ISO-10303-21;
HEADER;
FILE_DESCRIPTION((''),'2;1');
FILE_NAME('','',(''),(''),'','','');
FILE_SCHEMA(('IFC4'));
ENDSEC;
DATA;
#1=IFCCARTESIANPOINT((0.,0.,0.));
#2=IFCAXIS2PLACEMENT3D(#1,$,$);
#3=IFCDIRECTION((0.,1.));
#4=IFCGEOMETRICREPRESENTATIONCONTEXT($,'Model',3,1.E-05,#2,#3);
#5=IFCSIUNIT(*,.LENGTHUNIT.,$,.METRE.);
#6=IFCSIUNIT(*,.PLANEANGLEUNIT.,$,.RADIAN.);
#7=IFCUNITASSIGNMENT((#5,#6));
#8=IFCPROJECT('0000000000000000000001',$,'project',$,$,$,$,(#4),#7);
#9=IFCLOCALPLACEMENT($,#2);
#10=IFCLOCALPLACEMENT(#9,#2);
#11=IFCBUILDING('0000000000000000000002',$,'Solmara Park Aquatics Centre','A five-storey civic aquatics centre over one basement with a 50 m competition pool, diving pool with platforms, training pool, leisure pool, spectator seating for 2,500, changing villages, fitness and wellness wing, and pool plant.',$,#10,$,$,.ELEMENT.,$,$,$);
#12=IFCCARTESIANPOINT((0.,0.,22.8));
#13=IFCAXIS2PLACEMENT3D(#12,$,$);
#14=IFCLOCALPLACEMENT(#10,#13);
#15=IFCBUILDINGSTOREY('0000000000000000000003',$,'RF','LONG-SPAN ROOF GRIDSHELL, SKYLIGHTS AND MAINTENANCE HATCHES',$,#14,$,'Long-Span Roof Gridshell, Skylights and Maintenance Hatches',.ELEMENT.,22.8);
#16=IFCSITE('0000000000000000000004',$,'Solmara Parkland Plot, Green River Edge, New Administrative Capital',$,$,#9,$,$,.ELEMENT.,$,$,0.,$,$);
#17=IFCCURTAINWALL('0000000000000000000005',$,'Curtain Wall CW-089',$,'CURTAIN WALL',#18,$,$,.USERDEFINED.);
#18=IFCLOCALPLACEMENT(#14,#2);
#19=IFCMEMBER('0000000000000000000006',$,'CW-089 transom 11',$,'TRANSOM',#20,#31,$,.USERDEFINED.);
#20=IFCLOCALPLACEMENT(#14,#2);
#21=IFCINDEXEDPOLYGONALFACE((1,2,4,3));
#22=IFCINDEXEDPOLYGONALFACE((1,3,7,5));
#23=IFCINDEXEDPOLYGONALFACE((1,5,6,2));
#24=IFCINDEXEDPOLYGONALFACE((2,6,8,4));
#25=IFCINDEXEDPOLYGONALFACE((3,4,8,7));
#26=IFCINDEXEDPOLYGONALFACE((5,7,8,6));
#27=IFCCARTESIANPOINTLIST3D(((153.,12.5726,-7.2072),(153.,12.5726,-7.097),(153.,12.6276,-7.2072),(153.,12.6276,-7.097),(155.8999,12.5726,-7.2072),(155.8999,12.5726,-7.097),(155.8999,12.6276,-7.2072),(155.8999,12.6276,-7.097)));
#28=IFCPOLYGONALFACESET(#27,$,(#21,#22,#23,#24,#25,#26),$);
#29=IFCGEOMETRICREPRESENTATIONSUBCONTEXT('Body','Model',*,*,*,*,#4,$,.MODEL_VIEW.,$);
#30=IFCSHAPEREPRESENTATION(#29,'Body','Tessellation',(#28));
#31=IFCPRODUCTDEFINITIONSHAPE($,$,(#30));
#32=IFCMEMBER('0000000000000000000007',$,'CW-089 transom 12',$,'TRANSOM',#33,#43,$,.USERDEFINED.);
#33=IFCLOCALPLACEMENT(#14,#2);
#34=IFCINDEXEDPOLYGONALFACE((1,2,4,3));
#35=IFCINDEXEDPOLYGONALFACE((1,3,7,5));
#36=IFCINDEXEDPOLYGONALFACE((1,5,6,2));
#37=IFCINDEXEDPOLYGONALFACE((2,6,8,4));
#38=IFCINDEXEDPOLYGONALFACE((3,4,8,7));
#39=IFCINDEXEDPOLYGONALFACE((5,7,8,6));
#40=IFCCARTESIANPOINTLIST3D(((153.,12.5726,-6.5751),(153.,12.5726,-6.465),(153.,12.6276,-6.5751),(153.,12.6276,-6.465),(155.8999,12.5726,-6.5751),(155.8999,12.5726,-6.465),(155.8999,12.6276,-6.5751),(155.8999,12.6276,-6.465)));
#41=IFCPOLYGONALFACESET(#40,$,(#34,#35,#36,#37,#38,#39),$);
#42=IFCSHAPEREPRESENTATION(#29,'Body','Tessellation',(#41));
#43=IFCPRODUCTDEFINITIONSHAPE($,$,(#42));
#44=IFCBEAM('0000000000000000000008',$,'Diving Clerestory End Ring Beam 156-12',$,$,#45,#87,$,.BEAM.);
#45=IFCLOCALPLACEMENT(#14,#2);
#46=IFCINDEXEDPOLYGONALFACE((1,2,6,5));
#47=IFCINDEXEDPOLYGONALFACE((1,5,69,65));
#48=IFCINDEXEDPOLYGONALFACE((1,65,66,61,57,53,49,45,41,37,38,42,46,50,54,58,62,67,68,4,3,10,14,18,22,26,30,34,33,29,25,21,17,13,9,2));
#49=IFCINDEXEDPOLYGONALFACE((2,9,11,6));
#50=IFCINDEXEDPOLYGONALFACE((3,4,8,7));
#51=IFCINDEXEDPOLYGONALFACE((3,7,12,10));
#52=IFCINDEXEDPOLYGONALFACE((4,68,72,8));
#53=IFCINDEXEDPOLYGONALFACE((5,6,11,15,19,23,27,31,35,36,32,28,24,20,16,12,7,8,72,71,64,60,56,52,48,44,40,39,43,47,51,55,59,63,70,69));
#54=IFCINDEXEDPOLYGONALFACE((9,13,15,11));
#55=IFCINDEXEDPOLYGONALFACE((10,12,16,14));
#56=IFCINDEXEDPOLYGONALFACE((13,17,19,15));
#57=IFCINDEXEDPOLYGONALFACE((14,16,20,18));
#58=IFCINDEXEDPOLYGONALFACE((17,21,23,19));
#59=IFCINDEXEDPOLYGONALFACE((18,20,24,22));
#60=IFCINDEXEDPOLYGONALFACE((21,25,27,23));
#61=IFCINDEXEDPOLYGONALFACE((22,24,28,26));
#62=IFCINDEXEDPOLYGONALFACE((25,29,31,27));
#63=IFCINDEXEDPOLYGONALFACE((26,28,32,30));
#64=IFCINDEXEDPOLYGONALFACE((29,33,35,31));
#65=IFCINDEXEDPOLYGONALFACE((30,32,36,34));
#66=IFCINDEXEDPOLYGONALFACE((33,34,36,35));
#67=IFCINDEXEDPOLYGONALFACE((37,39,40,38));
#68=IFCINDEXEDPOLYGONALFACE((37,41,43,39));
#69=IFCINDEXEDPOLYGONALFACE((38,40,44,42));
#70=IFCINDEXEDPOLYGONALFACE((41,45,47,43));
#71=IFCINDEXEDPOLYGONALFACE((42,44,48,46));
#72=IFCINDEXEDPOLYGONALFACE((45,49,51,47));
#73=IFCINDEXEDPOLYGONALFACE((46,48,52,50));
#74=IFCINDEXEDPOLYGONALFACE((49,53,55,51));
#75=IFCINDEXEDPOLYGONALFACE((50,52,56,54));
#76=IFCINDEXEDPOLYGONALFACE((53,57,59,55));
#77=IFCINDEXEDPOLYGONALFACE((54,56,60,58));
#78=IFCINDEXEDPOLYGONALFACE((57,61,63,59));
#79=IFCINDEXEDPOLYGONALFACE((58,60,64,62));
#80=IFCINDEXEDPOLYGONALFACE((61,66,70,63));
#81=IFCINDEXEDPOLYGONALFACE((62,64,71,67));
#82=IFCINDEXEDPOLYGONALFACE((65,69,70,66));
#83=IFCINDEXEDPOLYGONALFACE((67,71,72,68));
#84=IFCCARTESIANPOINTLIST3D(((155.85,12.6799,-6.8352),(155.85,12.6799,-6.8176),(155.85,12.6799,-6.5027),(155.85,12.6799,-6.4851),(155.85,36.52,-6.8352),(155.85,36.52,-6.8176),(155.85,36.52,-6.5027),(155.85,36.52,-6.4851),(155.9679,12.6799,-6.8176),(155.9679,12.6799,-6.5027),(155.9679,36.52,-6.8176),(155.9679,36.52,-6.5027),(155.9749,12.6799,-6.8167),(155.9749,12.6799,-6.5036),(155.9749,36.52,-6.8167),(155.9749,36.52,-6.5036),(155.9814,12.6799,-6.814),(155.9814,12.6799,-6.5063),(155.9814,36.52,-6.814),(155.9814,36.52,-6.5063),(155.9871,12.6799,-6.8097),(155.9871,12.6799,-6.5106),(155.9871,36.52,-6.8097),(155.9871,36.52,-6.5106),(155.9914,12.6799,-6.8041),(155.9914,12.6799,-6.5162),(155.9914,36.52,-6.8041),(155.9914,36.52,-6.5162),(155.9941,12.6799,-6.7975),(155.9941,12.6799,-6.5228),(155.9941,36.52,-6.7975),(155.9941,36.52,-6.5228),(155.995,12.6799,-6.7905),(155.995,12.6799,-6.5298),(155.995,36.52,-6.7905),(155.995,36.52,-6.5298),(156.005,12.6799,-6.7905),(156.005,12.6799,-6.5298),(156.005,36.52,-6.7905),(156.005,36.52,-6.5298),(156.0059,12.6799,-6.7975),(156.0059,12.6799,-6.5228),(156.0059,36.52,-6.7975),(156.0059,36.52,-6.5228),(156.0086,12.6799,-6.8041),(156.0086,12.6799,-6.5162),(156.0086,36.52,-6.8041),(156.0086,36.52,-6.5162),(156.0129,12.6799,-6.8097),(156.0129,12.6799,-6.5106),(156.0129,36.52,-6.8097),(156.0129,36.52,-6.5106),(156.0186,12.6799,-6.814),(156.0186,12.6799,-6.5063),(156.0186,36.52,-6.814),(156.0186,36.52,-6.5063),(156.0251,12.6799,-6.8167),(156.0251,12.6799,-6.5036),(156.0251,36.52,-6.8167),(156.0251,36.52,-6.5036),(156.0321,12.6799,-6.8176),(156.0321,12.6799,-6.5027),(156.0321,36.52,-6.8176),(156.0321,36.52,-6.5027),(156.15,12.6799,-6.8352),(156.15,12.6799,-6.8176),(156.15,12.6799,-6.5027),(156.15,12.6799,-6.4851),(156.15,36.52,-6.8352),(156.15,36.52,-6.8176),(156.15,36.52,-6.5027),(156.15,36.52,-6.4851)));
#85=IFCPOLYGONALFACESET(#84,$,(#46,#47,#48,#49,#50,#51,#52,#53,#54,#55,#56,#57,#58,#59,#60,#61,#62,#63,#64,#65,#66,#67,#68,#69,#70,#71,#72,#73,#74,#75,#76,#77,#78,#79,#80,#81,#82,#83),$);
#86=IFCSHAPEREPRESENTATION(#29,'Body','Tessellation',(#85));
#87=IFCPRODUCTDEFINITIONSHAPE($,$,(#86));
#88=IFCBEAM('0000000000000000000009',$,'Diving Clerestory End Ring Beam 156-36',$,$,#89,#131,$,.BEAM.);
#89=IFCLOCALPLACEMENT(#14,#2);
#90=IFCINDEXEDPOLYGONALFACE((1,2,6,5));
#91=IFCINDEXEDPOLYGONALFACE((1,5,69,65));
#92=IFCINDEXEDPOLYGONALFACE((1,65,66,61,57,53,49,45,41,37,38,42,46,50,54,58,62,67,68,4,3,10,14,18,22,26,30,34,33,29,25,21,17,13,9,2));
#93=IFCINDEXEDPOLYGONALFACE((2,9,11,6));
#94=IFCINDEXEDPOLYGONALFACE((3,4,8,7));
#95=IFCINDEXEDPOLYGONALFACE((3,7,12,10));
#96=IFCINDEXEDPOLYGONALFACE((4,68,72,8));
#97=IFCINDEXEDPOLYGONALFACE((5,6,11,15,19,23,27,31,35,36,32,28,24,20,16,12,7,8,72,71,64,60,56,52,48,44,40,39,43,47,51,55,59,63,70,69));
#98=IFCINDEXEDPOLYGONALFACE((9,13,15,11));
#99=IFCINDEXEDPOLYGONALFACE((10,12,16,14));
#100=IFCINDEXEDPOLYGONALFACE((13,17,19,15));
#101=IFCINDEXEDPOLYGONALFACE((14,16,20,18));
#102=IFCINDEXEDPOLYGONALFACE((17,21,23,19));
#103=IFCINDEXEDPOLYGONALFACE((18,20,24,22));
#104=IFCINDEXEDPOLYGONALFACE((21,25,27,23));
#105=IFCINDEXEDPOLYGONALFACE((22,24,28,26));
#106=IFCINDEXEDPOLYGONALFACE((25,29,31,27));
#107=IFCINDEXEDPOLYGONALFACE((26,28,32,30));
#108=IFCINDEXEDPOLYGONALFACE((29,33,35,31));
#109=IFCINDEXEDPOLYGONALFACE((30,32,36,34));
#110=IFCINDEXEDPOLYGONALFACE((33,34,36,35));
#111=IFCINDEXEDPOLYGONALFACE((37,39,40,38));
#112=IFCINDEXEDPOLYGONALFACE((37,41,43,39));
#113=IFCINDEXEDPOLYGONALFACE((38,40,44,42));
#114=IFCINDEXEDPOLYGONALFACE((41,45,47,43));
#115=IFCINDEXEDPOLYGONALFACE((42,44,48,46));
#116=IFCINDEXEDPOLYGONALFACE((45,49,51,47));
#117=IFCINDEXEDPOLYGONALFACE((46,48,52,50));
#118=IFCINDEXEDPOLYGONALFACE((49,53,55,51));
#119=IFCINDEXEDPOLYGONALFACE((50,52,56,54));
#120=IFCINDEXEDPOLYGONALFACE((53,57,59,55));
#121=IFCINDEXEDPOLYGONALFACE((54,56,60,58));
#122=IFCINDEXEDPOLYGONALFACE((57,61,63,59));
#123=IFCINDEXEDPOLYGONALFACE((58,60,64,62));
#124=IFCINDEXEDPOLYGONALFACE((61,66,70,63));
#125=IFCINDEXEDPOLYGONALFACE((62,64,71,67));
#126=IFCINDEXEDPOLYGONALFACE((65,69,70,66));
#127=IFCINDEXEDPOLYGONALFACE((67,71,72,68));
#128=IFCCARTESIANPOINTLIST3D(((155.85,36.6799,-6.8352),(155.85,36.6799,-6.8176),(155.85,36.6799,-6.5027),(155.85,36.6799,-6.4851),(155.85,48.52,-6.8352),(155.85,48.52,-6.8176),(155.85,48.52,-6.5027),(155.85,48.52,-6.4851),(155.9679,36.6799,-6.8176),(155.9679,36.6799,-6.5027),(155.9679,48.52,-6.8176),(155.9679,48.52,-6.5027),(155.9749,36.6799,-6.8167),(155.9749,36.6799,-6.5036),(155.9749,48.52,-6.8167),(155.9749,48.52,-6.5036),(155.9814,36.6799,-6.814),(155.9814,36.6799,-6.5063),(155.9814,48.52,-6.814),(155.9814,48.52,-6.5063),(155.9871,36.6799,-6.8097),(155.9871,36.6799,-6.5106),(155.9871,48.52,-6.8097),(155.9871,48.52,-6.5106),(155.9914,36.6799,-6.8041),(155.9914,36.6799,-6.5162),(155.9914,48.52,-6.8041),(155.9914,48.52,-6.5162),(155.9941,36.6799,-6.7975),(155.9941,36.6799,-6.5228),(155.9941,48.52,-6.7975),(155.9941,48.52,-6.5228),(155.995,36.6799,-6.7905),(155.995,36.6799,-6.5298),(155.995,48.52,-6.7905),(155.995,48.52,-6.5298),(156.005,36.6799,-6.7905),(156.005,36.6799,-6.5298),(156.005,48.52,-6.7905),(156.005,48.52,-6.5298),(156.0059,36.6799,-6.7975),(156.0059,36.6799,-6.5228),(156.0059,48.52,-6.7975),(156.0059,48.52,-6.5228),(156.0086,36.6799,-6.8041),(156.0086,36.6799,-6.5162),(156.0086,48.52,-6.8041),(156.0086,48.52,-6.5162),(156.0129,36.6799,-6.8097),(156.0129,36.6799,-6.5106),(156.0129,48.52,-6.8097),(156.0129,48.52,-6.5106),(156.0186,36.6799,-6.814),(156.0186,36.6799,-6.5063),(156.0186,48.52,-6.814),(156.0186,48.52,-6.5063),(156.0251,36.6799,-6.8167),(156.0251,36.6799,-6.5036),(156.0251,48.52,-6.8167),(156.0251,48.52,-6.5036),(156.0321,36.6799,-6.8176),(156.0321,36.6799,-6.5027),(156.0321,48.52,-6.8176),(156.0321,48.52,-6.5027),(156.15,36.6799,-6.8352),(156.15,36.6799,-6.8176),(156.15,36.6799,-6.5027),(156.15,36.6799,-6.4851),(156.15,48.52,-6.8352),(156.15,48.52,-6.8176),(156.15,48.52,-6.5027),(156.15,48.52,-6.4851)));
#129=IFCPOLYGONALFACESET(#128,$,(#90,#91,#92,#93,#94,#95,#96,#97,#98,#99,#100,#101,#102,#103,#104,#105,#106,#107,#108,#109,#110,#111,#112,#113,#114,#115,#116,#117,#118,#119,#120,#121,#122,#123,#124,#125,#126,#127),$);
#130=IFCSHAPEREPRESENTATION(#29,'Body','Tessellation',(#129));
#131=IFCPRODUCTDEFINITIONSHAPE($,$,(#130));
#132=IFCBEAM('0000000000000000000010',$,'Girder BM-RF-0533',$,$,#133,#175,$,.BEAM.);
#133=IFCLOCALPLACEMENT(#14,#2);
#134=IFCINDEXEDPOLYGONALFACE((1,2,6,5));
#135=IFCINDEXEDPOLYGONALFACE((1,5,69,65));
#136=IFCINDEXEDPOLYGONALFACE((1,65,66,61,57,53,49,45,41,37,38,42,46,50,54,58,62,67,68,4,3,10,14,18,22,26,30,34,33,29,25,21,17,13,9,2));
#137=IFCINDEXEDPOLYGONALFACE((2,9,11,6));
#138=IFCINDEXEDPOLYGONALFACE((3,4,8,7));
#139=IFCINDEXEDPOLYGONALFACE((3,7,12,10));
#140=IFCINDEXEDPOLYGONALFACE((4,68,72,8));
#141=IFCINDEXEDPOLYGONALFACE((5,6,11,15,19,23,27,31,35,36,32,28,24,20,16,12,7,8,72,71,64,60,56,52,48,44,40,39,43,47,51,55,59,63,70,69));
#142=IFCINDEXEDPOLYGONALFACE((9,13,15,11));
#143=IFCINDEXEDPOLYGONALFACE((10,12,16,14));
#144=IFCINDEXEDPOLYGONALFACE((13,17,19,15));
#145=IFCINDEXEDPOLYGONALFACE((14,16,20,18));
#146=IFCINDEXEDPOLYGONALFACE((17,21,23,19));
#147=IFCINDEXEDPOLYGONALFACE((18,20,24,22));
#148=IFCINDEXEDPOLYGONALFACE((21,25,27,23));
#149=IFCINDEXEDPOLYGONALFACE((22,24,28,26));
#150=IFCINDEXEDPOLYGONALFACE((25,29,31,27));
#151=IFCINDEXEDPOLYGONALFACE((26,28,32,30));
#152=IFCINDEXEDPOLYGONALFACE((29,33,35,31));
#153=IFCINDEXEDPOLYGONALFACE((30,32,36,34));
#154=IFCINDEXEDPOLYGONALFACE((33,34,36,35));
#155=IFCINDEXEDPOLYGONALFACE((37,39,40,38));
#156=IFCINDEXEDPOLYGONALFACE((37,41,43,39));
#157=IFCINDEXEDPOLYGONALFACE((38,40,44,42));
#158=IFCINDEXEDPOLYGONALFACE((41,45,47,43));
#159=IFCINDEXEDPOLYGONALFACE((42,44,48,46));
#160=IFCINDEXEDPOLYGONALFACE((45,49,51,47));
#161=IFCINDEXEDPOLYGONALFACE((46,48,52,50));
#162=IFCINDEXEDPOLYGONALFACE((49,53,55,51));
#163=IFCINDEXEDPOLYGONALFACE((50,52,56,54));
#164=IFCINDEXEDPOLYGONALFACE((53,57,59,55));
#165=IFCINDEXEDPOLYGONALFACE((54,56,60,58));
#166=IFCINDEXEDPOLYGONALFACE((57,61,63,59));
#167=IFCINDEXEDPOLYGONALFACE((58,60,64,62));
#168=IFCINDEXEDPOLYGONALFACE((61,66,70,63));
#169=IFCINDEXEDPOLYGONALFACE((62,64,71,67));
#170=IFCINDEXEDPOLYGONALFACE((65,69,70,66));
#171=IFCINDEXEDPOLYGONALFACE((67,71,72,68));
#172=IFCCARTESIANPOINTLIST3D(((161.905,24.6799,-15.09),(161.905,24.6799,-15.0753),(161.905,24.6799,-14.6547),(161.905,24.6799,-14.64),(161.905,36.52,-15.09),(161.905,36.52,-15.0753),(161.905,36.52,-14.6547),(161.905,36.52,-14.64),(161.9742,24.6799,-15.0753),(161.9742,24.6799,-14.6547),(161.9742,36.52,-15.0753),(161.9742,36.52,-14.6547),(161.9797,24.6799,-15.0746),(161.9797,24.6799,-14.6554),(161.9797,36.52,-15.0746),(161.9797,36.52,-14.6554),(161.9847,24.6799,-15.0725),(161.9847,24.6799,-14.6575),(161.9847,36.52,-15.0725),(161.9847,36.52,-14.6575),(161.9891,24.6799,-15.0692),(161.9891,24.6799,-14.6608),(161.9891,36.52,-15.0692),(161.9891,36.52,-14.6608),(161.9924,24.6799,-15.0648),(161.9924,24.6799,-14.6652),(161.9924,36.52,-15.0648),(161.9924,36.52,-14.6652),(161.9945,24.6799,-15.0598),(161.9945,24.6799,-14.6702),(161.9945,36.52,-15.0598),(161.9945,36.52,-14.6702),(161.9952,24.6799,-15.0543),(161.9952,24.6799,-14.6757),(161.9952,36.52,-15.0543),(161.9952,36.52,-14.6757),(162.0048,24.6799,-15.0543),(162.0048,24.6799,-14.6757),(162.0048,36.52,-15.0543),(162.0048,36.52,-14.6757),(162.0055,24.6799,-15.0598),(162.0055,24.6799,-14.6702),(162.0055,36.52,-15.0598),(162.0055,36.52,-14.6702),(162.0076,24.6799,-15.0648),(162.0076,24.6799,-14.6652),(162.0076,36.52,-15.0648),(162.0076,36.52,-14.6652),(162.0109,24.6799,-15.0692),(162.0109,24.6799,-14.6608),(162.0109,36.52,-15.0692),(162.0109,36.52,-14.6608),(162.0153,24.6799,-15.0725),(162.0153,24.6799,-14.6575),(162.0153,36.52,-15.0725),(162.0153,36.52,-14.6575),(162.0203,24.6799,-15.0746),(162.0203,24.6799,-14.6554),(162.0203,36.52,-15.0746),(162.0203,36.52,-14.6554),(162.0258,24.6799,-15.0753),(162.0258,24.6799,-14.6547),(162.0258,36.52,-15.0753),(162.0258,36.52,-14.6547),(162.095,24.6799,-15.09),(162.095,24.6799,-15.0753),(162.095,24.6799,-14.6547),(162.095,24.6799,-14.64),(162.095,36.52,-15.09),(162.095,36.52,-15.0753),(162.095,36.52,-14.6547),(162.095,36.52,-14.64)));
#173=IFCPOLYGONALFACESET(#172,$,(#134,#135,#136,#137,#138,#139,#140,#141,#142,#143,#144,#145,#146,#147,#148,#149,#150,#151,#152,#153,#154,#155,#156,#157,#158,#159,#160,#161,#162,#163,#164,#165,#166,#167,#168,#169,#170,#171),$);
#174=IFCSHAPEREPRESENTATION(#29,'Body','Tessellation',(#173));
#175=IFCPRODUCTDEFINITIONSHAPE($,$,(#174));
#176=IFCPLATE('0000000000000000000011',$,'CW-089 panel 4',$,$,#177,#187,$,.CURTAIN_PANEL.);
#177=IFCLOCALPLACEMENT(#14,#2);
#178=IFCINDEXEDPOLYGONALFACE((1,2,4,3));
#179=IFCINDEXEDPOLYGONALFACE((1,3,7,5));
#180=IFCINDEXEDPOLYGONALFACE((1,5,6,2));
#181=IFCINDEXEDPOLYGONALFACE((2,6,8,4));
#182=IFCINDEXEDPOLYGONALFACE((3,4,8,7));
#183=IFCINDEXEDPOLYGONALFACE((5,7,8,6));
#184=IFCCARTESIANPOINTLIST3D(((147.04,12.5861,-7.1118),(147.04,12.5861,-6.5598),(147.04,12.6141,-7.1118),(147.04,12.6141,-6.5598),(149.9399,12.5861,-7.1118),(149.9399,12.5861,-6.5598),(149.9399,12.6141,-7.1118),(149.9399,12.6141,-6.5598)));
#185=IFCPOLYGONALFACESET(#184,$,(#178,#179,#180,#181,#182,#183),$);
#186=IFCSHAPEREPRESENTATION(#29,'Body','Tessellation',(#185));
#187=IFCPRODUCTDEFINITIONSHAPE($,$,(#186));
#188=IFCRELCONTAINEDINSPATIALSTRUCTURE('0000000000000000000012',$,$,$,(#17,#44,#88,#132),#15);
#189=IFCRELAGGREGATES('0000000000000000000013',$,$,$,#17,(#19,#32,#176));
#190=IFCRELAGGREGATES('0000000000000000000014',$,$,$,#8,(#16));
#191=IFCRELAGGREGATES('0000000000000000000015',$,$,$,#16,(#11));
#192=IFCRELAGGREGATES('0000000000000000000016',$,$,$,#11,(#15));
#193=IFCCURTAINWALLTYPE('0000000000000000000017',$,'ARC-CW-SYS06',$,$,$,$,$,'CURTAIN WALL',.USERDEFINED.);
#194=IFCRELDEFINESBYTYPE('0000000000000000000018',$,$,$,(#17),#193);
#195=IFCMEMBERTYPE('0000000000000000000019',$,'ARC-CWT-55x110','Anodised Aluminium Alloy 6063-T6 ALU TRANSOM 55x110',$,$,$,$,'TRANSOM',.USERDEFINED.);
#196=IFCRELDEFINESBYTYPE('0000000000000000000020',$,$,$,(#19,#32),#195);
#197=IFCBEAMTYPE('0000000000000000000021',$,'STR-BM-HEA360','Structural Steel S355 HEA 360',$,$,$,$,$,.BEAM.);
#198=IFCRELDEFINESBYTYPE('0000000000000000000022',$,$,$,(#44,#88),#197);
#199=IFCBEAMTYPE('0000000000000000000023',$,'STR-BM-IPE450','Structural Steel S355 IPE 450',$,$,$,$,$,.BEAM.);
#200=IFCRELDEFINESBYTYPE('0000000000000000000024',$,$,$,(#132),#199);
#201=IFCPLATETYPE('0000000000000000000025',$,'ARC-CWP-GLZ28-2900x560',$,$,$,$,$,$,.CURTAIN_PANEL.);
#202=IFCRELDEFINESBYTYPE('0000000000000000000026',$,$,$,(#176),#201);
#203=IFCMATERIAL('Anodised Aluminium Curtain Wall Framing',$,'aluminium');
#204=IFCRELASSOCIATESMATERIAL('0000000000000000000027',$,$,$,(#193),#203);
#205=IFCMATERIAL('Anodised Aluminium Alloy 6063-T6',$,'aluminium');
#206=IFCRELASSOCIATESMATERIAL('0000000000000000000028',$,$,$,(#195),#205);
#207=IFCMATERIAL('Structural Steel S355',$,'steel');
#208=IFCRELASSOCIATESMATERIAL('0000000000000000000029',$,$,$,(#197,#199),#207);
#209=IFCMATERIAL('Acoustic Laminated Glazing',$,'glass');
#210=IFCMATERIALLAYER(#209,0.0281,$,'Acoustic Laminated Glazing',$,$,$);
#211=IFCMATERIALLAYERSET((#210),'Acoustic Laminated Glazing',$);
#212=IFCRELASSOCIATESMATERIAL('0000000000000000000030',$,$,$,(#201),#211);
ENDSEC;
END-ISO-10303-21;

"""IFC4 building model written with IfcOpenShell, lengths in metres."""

from ifc_helpers import new_model, si_unit, direction, frame, origin, origin_2d, place, context, subcontext, project, spatial, rectangle, i_section, extrude, material, layer, layer_set, material_profile, profile_set, type_object, element, aggregate, save


model = new_model("IFC4")

# Units and contexts
model_context = context("Model", 3, precision=1e-05, world=origin(), true_north=direction((0.0, 1.0)))
body_context = subcontext(model_context, "Body", "Model", "MODEL_VIEW")
ifc_project = project(units=[si_unit("LENGTHUNIT", "METRE"), si_unit("PLANEANGLEUNIT", "RADIAN")], contexts=[model_context])

# Site, building, storey
site_placement = place(None, origin())
site = spatial("IfcSite", under=ifc_project, at=site_placement, Name="Solmara Parkland Plot, Green River Edge, New Administrative Capital", CompositionType="ELEMENT", RefElevation=0.0)
building_placement = place(site_placement, origin())
building = spatial("IfcBuilding", under=site, at=building_placement, Name="Solmara Park Aquatics Centre", Description="A five-storey civic aquatics centre over one basement with a 50 m competition pool, diving pool with platforms, training pool, leisure pool, spectator seating for 2,500, changing villages, fitness and wellness wing, and pool plant.", CompositionType="ELEMENT")
storey_placement = place(building_placement, frame((0.0, 0.0, 22.8)))
storey = spatial("IfcBuildingStorey", under=building, at=storey_placement, Name="RF", Description="LONG-SPAN ROOF GRIDSHELL, SKYLIGHTS AND MAINTENANCE HATCHES", LongName="Long-Span Roof Gridshell, Skylights and Maintenance Hatches", CompositionType="ELEMENT", Elevation=22.8)

# Shared definitions
ifc_material_1 = material(Name="Structural Steel S355", Category="steel")

# Curtain wall, members
ifc_material_2 = material(Name="Anodised Aluminium Curtain Wall Framing", Category="aluminium")
curtain_wall_type = type_object("IfcCurtainWallType", Name="ARC-CW-SYS06", ElementType="CURTAIN WALL", PredefinedType="USERDEFINED", material=ifc_material_2)
curtain_wall_placement = place(storey_placement, origin())
curtain_wall = element("IfcCurtainWall", 1, at=curtain_wall_placement, inside=storey, type_object=curtain_wall_type, Name="Curtain Wall CW-089", ObjectType="CURTAIN WALL", PredefinedType="USERDEFINED")
ifc_material_3 = material(Name="Anodised Aluminium Alloy 6063-T6", Category="aluminium")
ifc_material_profile_1 = material_profile(ifc_material_3, rectangle(XDim=0.0549, YDim=0.1101, at=origin_2d()), Name="ALU TRANSOM 55x110")
ifc_profile_set_1 = profile_set([ifc_material_profile_1], Name="Anodised Aluminium Alloy 6063-T6")
member_type_1 = type_object("IfcMemberType", Name="ARC-CWT-55x110", Description="Anodised Aluminium Alloy 6063-T6 ALU TRANSOM 55x110", ElementType="TRANSOM", PredefinedType="USERDEFINED", material=ifc_profile_set_1)
member_1_placement = place(storey_placement, frame((153.0, 12.6001, -7.1521), z_axis=(1.0, 0.0, 0.0), x_axis=(0.0, 1.0, 0.0)))
member_1 = element("IfcMember", 2, at=member_1_placement, type_object=member_type_1, Name="CW-089 transom 11", ObjectType="TRANSOM", PredefinedType="USERDEFINED", context=body_context, shape_type="SweptSolid", body=[
    extrude(rectangle(XDim=0.0549, YDim=0.1101, at=origin_2d()), origin(), (0.0, 0.0, 1.0), 2.8999),
])
member_2_placement = place(storey_placement, frame((153.0, 12.6001, -6.52), z_axis=(1.0, 0.0, 0.0), x_axis=(0.0, 1.0, 0.0)))
member_2 = element("IfcMember", 3, at=member_2_placement, type_object=member_type_1, Name="CW-089 transom 12", ObjectType="TRANSOM", PredefinedType="USERDEFINED", context=body_context, shape_type="SweptSolid", body=[
    extrude(rectangle(XDim=0.0549, YDim=0.1101, at=origin_2d()), origin(), (0.0, 0.0, 1.0), 2.8999),
])

# Beams
ifc_material_profile_2 = material_profile(ifc_material_1, i_section(OverallWidth=0.3, OverallDepth=0.3501, WebThickness=0.01, FlangeThickness=0.0176, FilletRadius=0.0271, at=origin_2d()), Name="HEA 360")
ifc_profile_set_2 = profile_set([ifc_material_profile_2], Name="Structural Steel S355")
beam_type_1 = type_object("IfcBeamType", Name="STR-BM-HEA360", Description="Structural Steel S355 HEA 360", PredefinedType="BEAM", material=ifc_profile_set_2)
beam_1_placement = place(storey_placement, frame((156.0, 12.6799, -6.6602), z_axis=(0.0, 1.0, 0.0), x_axis=(-1.0, 0.0, 0.0)))
element("IfcBeam", 4, at=beam_1_placement, inside=storey, type_object=beam_type_1, Name="Diving Clerestory End Ring Beam 156-12", PredefinedType="BEAM", context=body_context, shape_type="SweptSolid", body=[
    extrude(i_section(OverallWidth=0.3, OverallDepth=0.3501, WebThickness=0.01, FlangeThickness=0.0176, FilletRadius=0.0271, at=origin_2d()), origin(), (0.0, 0.0, 1.0), 23.8401),
])
beam_2_placement = place(storey_placement, frame((156.0, 36.6799, -6.6602), z_axis=(0.0, 1.0, 0.0), x_axis=(-1.0, 0.0, 0.0)))
element("IfcBeam", 5, at=beam_2_placement, inside=storey, type_object=beam_type_1, Name="Diving Clerestory End Ring Beam 156-36", PredefinedType="BEAM", context=body_context, shape_type="SweptSolid", body=[
    extrude(i_section(OverallWidth=0.3, OverallDepth=0.3501, WebThickness=0.01, FlangeThickness=0.0176, FilletRadius=0.0271, at=origin_2d()), origin(), (0.0, 0.0, 1.0), 11.8401),
])
ifc_material_profile_3 = material_profile(ifc_material_1, i_section(OverallWidth=0.1899, OverallDepth=0.45, WebThickness=0.0095, FlangeThickness=0.0146, FilletRadius=0.021, at=origin_2d()), Name="IPE 450")
ifc_profile_set_3 = profile_set([ifc_material_profile_3], Name="Structural Steel S355")
beam_type_2 = type_object("IfcBeamType", Name="STR-BM-IPE450", Description="Structural Steel S355 IPE 450", PredefinedType="BEAM", material=ifc_profile_set_3)
beam_3_placement = place(storey_placement, frame((162.0, 24.6799, -14.865), z_axis=(0.0, 1.0, 0.0), x_axis=(-1.0, 0.0, 0.0)))
element("IfcBeam", 6, at=beam_3_placement, inside=storey, type_object=beam_type_2, Name="Girder BM-RF-0533", PredefinedType="BEAM", context=body_context, shape_type="SweptSolid", body=[
    extrude(i_section(OverallWidth=0.1899, OverallDepth=0.45, WebThickness=0.0095, FlangeThickness=0.0146, FilletRadius=0.021, at=origin_2d()), origin(), (0.0, 0.0, 1.0), 11.8401),
])

# Plate
ifc_material_4 = material(Name="Acoustic Laminated Glazing", Category="glass")
ifc_layer_1 = layer(ifc_material_4, 0.0281, Name="Acoustic Laminated Glazing")
ifc_layer_set_1 = layer_set([ifc_layer_1], Name="Acoustic Laminated Glazing")
plate_type_1 = type_object("IfcPlateType", Name="ARC-CWP-GLZ28-2900x560", PredefinedType="CURTAIN_PANEL", material=ifc_layer_set_1)
plate_1_placement = place(storey_placement, frame((148.49, 12.6001, -7.1118), z_axis=(0.0, 0.0, 1.0), x_axis=(1.0, 0.0, 0.0)))
plate_1 = element("IfcPlate", 7, at=plate_1_placement, type_object=plate_type_1, Name="CW-089 panel 4", PredefinedType="CURTAIN_PANEL", context=body_context, shape_type="SweptSolid", body=[
    extrude(rectangle(XDim=2.8999, YDim=0.0281, at=origin_2d()), origin(), (0.0, 0.0, 1.0), 0.552),
])
aggregate(curtain_wall, [member_1, member_2, plate_1])

save(model, "model.ifc")
